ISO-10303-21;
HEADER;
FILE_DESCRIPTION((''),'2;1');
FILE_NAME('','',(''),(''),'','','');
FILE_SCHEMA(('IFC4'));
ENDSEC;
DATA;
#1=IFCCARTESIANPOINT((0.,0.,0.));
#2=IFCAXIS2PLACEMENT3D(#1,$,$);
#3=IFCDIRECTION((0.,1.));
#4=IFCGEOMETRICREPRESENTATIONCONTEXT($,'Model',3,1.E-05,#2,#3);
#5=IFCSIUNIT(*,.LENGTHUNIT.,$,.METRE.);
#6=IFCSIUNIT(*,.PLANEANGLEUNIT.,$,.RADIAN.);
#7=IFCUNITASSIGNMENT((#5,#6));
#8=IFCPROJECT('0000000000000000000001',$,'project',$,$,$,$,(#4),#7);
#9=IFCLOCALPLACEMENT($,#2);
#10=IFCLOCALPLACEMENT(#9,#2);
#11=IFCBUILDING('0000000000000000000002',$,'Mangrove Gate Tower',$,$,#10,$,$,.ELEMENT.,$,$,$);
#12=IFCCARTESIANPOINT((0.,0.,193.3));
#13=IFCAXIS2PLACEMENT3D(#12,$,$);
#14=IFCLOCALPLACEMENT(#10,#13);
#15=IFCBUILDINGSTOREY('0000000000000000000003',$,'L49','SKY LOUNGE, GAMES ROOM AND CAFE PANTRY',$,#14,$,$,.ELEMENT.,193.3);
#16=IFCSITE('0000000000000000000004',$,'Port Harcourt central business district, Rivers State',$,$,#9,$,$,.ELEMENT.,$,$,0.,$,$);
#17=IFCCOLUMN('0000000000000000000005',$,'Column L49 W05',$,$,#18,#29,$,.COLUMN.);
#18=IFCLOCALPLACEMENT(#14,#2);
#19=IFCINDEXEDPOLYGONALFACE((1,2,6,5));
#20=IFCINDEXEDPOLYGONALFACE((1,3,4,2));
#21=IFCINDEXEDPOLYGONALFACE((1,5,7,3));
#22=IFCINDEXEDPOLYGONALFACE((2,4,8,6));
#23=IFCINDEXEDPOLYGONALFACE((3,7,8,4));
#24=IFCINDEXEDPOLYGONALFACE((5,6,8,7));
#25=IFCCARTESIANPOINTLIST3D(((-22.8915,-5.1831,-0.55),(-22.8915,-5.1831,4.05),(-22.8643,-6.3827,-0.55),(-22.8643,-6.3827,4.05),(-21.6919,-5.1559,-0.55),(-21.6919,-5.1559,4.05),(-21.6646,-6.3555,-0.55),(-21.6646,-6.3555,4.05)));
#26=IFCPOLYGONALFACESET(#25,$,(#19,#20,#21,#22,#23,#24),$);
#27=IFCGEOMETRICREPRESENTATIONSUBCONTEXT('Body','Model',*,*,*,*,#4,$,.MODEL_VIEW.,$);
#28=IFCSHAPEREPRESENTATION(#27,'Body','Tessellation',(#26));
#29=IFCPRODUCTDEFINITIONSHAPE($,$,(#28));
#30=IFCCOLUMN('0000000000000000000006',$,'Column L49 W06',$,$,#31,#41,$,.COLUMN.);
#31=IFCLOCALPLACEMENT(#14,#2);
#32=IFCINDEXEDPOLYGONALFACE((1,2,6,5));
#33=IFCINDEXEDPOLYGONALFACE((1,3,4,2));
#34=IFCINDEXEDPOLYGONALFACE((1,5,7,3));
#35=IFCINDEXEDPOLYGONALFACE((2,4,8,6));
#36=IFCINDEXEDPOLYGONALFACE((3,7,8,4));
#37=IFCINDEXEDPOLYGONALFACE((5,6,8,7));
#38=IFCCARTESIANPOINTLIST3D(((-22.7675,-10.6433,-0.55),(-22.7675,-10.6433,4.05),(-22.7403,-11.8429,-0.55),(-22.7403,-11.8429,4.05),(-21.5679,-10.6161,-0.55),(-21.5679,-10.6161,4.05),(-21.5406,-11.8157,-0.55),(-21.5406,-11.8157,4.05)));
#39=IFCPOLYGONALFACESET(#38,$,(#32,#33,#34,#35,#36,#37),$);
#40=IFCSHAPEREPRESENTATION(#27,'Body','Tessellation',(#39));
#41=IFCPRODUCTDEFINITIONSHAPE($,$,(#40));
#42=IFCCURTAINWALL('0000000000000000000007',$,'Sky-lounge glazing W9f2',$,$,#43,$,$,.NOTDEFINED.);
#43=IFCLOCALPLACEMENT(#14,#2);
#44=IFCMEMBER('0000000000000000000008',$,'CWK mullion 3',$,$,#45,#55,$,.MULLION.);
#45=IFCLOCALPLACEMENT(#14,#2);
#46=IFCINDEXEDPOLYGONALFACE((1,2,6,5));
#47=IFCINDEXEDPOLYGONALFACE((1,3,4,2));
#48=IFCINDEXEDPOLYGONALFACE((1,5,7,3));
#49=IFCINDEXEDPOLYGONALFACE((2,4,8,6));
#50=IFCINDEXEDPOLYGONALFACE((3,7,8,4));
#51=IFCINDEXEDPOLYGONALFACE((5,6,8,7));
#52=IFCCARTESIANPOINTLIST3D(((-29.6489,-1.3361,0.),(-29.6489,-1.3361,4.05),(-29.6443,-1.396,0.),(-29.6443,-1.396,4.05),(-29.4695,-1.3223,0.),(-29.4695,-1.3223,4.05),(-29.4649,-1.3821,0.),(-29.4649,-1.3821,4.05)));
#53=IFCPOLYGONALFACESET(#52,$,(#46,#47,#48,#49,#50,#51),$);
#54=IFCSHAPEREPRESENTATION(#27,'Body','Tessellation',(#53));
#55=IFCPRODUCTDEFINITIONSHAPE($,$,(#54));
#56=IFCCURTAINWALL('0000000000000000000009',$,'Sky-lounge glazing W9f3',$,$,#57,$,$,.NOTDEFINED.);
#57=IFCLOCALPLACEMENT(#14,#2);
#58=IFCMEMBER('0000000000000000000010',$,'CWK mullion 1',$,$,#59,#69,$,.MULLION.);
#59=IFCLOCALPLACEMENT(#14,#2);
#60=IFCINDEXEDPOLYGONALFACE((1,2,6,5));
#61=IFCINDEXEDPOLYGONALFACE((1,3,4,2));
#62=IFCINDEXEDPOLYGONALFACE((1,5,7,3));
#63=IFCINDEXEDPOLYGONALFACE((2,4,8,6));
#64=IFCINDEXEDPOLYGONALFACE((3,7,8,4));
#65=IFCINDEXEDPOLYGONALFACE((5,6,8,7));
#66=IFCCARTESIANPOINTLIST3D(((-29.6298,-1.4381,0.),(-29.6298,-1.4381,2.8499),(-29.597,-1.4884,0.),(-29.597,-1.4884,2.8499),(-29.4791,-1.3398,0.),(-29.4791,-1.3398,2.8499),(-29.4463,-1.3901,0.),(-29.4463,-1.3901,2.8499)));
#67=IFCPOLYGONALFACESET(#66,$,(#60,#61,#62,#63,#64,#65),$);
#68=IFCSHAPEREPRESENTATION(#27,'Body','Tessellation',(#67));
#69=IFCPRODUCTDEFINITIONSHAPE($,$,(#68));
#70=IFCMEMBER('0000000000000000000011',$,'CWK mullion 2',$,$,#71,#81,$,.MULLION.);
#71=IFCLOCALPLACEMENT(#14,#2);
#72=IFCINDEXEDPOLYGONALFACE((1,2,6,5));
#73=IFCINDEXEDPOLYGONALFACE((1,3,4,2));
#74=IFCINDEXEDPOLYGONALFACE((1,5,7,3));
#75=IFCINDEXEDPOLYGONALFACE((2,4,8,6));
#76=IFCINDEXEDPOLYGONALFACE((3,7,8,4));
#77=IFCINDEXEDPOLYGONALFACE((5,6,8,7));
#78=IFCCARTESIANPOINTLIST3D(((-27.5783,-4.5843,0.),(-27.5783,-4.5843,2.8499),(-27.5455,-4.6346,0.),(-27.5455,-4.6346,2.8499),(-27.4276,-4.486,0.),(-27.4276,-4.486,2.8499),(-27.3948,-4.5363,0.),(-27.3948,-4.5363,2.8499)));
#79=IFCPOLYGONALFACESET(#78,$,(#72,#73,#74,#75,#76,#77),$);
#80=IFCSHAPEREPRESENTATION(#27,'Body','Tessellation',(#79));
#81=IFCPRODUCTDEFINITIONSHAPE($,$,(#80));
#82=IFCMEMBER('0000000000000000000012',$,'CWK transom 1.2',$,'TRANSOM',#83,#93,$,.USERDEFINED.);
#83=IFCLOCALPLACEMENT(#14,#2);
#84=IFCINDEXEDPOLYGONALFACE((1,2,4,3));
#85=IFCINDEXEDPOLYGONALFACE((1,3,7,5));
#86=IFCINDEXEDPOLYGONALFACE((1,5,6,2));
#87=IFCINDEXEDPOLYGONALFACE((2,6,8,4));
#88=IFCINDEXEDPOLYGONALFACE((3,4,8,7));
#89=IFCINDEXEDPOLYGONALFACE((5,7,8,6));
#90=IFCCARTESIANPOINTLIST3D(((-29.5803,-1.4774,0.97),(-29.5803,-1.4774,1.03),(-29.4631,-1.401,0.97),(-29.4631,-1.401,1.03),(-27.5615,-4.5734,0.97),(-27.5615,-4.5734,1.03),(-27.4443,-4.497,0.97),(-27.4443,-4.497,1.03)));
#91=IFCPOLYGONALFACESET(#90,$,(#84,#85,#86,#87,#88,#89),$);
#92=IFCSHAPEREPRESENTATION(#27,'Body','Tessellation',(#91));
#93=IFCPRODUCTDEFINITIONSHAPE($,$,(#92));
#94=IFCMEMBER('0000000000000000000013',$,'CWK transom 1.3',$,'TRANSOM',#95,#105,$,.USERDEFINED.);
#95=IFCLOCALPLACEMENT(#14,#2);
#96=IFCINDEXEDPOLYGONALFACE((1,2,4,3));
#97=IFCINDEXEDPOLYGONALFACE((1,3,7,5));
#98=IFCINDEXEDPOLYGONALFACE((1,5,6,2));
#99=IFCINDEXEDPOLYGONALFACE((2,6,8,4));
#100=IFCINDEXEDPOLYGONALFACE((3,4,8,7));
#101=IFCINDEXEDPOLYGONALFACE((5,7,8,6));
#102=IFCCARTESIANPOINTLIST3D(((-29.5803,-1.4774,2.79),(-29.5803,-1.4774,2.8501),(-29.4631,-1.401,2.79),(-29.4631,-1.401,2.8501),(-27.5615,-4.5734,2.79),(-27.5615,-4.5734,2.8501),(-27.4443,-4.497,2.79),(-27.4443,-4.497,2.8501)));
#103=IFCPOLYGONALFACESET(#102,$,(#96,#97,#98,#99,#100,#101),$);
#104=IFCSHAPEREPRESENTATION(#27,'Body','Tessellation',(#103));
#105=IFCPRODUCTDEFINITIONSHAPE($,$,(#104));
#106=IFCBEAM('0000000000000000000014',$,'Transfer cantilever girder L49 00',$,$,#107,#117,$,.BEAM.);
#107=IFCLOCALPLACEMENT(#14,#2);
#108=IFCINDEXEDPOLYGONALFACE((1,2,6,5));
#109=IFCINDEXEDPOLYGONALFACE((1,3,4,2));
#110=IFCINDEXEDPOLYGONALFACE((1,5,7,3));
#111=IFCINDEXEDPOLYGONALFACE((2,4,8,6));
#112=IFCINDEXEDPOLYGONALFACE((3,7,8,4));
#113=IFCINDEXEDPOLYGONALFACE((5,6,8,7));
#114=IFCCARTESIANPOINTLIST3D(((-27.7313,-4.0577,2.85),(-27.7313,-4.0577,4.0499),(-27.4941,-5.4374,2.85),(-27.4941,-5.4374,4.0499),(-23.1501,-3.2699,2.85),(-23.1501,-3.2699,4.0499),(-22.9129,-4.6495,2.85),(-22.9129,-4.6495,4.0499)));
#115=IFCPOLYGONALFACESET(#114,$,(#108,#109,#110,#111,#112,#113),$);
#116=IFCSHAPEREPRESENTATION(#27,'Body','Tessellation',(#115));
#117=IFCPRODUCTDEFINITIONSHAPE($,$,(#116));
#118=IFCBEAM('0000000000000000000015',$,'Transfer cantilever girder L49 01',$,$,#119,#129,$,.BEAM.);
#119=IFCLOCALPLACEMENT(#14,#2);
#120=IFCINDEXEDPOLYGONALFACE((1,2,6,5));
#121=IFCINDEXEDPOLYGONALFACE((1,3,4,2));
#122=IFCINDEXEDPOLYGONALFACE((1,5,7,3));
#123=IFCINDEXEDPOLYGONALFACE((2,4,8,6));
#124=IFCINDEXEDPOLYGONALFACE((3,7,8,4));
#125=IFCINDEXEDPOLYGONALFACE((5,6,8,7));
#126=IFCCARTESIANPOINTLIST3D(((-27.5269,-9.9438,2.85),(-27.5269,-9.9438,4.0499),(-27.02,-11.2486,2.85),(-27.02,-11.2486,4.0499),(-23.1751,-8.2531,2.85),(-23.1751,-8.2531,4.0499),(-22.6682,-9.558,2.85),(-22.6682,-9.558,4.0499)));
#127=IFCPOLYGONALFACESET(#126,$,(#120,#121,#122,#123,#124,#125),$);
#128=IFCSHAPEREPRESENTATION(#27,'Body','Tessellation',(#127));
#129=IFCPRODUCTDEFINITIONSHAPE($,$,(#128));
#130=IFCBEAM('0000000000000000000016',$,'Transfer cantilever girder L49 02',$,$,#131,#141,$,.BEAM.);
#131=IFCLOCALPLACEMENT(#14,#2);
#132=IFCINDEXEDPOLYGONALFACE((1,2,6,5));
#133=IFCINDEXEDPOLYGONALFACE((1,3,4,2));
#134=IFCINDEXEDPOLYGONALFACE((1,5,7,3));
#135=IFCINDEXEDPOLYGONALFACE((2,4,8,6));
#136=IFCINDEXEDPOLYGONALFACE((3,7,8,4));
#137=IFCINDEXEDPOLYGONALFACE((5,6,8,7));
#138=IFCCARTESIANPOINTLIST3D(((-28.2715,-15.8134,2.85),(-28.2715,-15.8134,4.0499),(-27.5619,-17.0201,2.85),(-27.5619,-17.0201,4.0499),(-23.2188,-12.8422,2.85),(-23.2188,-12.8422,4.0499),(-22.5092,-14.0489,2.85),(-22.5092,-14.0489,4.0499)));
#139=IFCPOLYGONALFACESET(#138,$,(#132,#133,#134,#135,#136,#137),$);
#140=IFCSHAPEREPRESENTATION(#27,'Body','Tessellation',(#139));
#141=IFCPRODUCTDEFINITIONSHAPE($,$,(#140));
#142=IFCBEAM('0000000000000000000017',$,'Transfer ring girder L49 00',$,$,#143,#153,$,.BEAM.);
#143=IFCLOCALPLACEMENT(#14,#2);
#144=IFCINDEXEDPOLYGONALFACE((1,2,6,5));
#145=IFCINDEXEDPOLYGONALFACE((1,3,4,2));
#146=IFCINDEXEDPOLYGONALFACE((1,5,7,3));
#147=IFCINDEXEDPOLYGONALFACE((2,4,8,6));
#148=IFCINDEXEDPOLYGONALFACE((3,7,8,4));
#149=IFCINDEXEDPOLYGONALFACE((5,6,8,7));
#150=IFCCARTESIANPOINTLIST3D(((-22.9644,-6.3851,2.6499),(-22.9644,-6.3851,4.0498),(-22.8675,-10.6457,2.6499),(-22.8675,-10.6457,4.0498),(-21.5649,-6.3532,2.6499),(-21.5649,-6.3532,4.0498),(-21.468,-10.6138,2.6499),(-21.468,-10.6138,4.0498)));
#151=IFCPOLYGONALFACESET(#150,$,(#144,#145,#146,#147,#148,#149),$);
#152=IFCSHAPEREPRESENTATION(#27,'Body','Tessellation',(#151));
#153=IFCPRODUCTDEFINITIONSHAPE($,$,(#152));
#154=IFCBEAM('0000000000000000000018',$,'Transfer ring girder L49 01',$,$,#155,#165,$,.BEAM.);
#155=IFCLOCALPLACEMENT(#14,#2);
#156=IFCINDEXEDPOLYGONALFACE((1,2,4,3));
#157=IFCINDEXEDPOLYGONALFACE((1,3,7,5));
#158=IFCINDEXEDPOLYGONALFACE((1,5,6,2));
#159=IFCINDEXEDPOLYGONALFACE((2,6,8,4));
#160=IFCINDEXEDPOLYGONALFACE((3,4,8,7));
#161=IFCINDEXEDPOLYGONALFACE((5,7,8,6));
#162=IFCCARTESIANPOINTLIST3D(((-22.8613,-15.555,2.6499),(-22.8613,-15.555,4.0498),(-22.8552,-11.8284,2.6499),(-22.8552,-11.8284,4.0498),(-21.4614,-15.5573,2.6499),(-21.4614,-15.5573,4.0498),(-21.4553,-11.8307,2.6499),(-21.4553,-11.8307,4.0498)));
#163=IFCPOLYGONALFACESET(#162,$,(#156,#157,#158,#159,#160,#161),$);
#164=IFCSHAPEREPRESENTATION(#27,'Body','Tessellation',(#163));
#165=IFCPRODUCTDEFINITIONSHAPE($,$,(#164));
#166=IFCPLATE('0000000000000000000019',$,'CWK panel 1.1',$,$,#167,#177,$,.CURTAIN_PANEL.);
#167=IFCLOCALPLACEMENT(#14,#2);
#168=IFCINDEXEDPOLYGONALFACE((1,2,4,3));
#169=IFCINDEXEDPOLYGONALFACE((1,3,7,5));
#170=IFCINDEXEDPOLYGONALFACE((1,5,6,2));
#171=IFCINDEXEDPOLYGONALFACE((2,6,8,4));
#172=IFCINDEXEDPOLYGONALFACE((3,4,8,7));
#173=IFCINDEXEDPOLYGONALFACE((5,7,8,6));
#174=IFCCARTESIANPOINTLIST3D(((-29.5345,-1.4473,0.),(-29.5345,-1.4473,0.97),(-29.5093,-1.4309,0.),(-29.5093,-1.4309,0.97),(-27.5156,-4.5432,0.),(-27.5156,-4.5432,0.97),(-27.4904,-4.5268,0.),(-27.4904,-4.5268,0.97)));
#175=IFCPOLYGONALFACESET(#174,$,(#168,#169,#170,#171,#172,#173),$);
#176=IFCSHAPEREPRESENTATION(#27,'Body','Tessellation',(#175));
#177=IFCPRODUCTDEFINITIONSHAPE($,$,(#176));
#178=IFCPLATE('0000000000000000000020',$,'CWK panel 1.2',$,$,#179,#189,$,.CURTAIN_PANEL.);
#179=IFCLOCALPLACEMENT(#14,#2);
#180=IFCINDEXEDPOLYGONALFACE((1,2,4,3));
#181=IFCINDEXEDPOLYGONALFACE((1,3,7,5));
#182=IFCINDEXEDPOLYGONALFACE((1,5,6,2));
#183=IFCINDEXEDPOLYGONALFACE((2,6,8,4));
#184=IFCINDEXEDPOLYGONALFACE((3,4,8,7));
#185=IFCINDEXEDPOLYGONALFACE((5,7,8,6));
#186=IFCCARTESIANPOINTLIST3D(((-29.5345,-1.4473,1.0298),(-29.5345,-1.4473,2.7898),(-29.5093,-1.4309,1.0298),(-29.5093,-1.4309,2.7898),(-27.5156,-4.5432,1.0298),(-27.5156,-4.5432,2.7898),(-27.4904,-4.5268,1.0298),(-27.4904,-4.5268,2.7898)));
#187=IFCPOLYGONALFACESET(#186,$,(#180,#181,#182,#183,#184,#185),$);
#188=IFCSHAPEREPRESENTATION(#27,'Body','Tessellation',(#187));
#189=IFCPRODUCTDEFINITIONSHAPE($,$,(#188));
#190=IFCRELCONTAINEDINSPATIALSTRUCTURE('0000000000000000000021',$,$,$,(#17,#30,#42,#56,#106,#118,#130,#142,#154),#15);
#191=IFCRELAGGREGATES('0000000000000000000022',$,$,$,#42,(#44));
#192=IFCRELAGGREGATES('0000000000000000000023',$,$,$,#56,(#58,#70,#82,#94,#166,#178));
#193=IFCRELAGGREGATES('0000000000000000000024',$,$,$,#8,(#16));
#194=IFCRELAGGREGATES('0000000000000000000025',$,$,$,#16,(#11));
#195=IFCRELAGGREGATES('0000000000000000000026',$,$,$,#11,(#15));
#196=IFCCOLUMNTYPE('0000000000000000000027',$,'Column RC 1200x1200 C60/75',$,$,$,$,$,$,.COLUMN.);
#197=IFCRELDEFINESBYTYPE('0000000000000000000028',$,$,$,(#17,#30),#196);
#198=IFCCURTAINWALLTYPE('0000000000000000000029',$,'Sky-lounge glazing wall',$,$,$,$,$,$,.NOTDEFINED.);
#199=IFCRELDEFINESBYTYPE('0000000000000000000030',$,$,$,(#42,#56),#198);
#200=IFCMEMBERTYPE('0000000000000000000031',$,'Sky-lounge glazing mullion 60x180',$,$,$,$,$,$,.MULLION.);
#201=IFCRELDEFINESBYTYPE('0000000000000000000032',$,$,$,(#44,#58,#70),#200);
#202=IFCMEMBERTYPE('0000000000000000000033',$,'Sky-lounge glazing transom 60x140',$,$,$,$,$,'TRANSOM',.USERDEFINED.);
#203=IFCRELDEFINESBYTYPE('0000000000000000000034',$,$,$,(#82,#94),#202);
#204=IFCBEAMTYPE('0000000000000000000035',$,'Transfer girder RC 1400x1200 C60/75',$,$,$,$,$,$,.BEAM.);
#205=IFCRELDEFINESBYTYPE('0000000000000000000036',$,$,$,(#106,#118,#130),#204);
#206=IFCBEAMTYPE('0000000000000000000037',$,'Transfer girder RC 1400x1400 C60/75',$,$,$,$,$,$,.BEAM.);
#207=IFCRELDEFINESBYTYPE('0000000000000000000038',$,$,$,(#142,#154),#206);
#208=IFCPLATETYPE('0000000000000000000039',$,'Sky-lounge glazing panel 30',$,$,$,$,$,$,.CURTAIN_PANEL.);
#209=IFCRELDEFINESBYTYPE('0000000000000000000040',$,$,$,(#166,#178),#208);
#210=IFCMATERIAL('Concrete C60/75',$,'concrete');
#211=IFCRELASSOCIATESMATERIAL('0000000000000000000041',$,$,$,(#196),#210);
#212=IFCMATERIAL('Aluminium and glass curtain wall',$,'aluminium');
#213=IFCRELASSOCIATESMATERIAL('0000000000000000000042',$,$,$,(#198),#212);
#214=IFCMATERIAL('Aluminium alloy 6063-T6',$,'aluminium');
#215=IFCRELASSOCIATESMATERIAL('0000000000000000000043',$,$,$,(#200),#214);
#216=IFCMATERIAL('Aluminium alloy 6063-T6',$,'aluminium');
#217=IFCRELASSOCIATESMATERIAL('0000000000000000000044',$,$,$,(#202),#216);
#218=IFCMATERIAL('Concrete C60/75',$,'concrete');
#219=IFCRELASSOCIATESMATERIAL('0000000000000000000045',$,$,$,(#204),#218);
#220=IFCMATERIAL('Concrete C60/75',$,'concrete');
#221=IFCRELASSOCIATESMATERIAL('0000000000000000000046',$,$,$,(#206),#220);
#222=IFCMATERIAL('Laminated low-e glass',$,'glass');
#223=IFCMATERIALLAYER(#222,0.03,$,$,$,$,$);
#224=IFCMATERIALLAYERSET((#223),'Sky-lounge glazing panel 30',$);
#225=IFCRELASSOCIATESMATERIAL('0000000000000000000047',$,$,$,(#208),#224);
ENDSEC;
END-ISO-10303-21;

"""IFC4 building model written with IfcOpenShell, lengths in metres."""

from ifc_helpers import new_model, si_unit, direction, frame, origin, origin_2d, place, context, subcontext, project, spatial, rectangle, extrude, material, layer, layer_set, material_profile, profile_set, type_object, element, aggregate, save


model = new_model("IFC4")

# Units and contexts
model_context = context("Model", 3, precision=1e-05, world=origin(), true_north=direction((0.0, 1.0)))
body_context = subcontext(model_context, "Body", "Model", "MODEL_VIEW")
ifc_project = project(units=[si_unit("LENGTHUNIT", "METRE"), si_unit("PLANEANGLEUNIT", "RADIAN")], contexts=[model_context])

# Site, building, storey
site_placement = place(None, origin())
site = spatial("IfcSite", under=ifc_project, at=site_placement, Name="Port Harcourt central business district, Rivers State", CompositionType="ELEMENT", RefElevation=0.0)
building_placement = place(site_placement, origin())
building = spatial("IfcBuilding", under=site, at=building_placement, Name="Mangrove Gate Tower", CompositionType="ELEMENT")
storey_placement = place(building_placement, frame((0.0, 0.0, 193.3)))
storey = spatial("IfcBuildingStorey", under=building, at=storey_placement, Name="L49", Description="SKY LOUNGE, GAMES ROOM AND CAFE PANTRY", CompositionType="ELEMENT", Elevation=193.3)

# Columns
ifc_material_1 = material(Name="Concrete C60/75", Category="concrete")
ifc_material_profile_1 = material_profile(ifc_material_1, rectangle(XDim=1.2, YDim=1.2, at=origin_2d()))
ifc_profile_set_1 = profile_set([ifc_material_profile_1], Name="Concrete C60/75")
column_type = type_object("IfcColumnType", Name="Column RC 1200x1200 C60/75", PredefinedType="COLUMN", material=ifc_profile_set_1)
for number, where, z_axis, x_axis, name in (
    (1, (-22.2781, -5.7693, -0.55), (0.0, 0.0, 1.0), (0.022693, -0.999742, 0.0), "Column L49 W05"),
    (2, (-22.1541, -11.2295, -0.55), (0.0, 0.0, 1.0), (0.022703, -0.999742, 0.0), "Column L49 W06"),
):
    element("IfcColumn", number, at=place(storey_placement, frame(where, z_axis=z_axis, x_axis=x_axis)), inside=storey, type_object=column_type, Name=name, PredefinedType="COLUMN", context=body_context, shape_type="SweptSolid", body=[
        extrude(rectangle(XDim=1.2, YDim=1.2, at=origin_2d()), origin(), (0.0, 0.0, 1.0), 4.6001),
    ])

# Curtain wall, member
ifc_material_2 = material(Name="Aluminium and glass curtain wall", Category="aluminium")
curtain_wall_type = type_object("IfcCurtainWallType", Name="Sky-lounge glazing wall", PredefinedType="NOTDEFINED", material=ifc_material_2)
curtain_wall_1_placement = place(storey_placement, origin())
curtain_wall_1 = element("IfcCurtainWall", 3, at=curtain_wall_1_placement, inside=storey, type_object=curtain_wall_type, Name="Sky-lounge glazing W9f2", PredefinedType="NOTDEFINED")
ifc_material_3 = material(Name="Aluminium alloy 6063-T6", Category="aluminium")
ifc_material_profile_2 = material_profile(ifc_material_3, rectangle(XDim=0.0601, YDim=0.1799, at=origin_2d()))
ifc_profile_set_2 = profile_set([ifc_material_profile_2], Name="Aluminium alloy 6063-T6")
member_type_1 = type_object("IfcMemberType", Name="Sky-lounge glazing mullion 60x180", PredefinedType="MULLION", material=ifc_profile_set_2)
member_1_placement = place(storey_placement, frame((-29.5569, -1.3591, 0.0), z_axis=(0.0, 0.0, 1.0), x_axis=(0.077023, -0.997029, 0.0)))
member_1 = element("IfcMember", 4, at=member_1_placement, type_object=member_type_1, Name="CWK mullion 3", PredefinedType="MULLION", context=body_context, shape_type="SweptSolid", body=[
    extrude(rectangle(XDim=0.0601, YDim=0.1799, at=origin_2d()), origin(), (0.0, 0.0, 1.0), 4.05),
])
aggregate(curtain_wall_1, [member_1])

# Curtain wall, members
curtain_wall_2_placement = place(storey_placement, origin())
curtain_wall_2 = element("IfcCurtainWall", 5, at=curtain_wall_2_placement, inside=storey, type_object=curtain_wall_type, Name="Sky-lounge glazing W9f3", PredefinedType="NOTDEFINED")
member_2_placement = place(storey_placement, frame((-29.5381, -1.4141, 0.0), z_axis=(0.0, 0.0, 1.0), x_axis=(0.546235, -0.837632, 0.0)))
member_2 = element("IfcMember", 6, at=member_2_placement, type_object=member_type_1, Name="CWK mullion 1", PredefinedType="MULLION", context=body_context, shape_type="SweptSolid", body=[
    extrude(rectangle(XDim=0.0601, YDim=0.1799, at=origin_2d()), origin(), (0.0, 0.0, 1.0), 2.8499),
])
member_3_placement = place(storey_placement, frame((-27.4866, -4.5603, 0.0), z_axis=(0.0, 0.0, 1.0), x_axis=(0.546235, -0.837632, 0.0)))
member_3 = element("IfcMember", 7, at=member_3_placement, type_object=member_type_1, Name="CWK mullion 2", PredefinedType="MULLION", context=body_context, shape_type="SweptSolid", body=[
    extrude(rectangle(XDim=0.0601, YDim=0.1799, at=origin_2d()), origin(), (0.0, 0.0, 1.0), 2.8499),
])
ifc_material_4 = material(Name="Aluminium alloy 6063-T6", Category="aluminium")
ifc_material_profile_3 = material_profile(ifc_material_4, rectangle(XDim=0.0601, YDim=0.1399, at=origin_2d()))
ifc_profile_set_3 = profile_set([ifc_material_profile_3], Name="Aluminium alloy 6063-T6")
member_type_2 = type_object("IfcMemberType", Name="Sky-lounge glazing transom 60x140", ElementType="TRANSOM", PredefinedType="USERDEFINED", material=ifc_profile_set_3)
member_4_placement = place(storey_placement, frame((-29.5217, -1.4392, 1.0), z_axis=(0.546211, -0.837647, 0.0), x_axis=(0.0, 0.0, 1.0)))
member_4 = element("IfcMember", 8, at=member_4_placement, type_object=member_type_2, Name="CWK transom 1.2", ObjectType="TRANSOM", PredefinedType="USERDEFINED", context=body_context, shape_type="SweptSolid", body=[
    extrude(rectangle(XDim=0.0601, YDim=0.1399, at=origin_2d()), origin(), (0.0, 0.0, 1.0), 3.696),
])
member_5_placement = place(storey_placement, frame((-29.5217, -1.4392, 2.8201), z_axis=(0.546211, -0.837647, 0.0), x_axis=(0.0, 0.0, 1.0)))
member_5 = element("IfcMember", 9, at=member_5_placement, type_object=member_type_2, Name="CWK transom 1.3", ObjectType="TRANSOM", PredefinedType="USERDEFINED", context=body_context, shape_type="SweptSolid", body=[
    extrude(rectangle(XDim=0.0601, YDim=0.1399, at=origin_2d()), origin(), (0.0, 0.0, 1.0), 3.696),
])

# Beams
ifc_material_5 = material(Name="Concrete C60/75", Category="concrete")
ifc_material_profile_4 = material_profile(ifc_material_5, rectangle(XDim=1.3999, YDim=1.2, at=origin_2d()))
ifc_profile_set_4 = profile_set([ifc_material_profile_4], Name="Concrete C60/75")
beam_type_1 = type_object("IfcBeamType", Name="Transfer girder RC 1400x1200 C60/75", PredefinedType="BEAM", material=ifc_profile_set_4)
beam_1_placement = place(storey_placement, frame((-23.0315, -3.9597, 3.45), z_axis=(-0.985533, -0.169481, 0.0), x_axis=(0.169481, -0.985533, 0.0)))
element("IfcBeam", 10, at=beam_1_placement, inside=storey, type_object=beam_type_1, Name="Transfer cantilever girder L49 00", PredefinedType="BEAM", context=body_context, shape_type="SweptSolid", body=[
    extrude(rectangle(XDim=1.3999, YDim=1.2, at=origin_2d()), origin(), (0.0, 0.0, 1.0), 4.6484),
])
beam_2_placement = place(storey_placement, frame((-22.9216, -8.9055, 3.45), z_axis=(-0.932127, -0.362131, 0.0), x_axis=(0.362131, -0.932127, 0.0)))
element("IfcBeam", 11, at=beam_2_placement, inside=storey, type_object=beam_type_1, Name="Transfer cantilever girder L49 01", PredefinedType="BEAM", context=body_context, shape_type="SweptSolid", body=[
    extrude(rectangle(XDim=1.3999, YDim=1.2, at=origin_2d()), origin(), (0.0, 0.0, 1.0), 4.6687),
])
beam_3_placement = place(storey_placement, frame((-22.864, -13.4456, 3.45), z_axis=(-0.862009, -0.506893, 0.0), x_axis=(0.506893, -0.862009, 0.0)))
element("IfcBeam", 12, at=beam_3_placement, inside=storey, type_object=beam_type_1, Name="Transfer cantilever girder L49 02", PredefinedType="BEAM", context=body_context, shape_type="SweptSolid", body=[
    extrude(rectangle(XDim=1.3999, YDim=1.2, at=origin_2d()), origin(), (0.0, 0.0, 1.0), 5.8616),
])
ifc_material_6 = material(Name="Concrete C60/75", Category="concrete")
ifc_material_profile_5 = material_profile(ifc_material_6, rectangle(XDim=1.3999, YDim=1.3999, at=origin_2d()))
ifc_profile_set_5 = profile_set([ifc_material_profile_5], Name="Concrete C60/75")
beam_type_2 = type_object("IfcBeamType", Name="Transfer girder RC 1400x1400 C60/75", PredefinedType="BEAM", material=ifc_profile_set_5)
beam_4_placement = place(storey_placement, frame((-22.2646, -6.3691, 3.3499), z_axis=(0.022744, -0.999741, 0.0), x_axis=(0.999741, 0.022744, 0.0)))
element("IfcBeam", 13, at=beam_4_placement, inside=storey, type_object=beam_type_2, Name="Transfer ring girder L49 00", PredefinedType="BEAM", context=body_context, shape_type="SweptSolid", body=[
    extrude(rectangle(XDim=1.3999, YDim=1.3999, at=origin_2d()), origin(), (0.0, 0.0, 1.0), 4.2617),
])
beam_5_placement = place(storey_placement, frame((-22.1553, -11.8296, 3.3499), z_axis=(-0.001638, -0.999999, 0.0), x_axis=(0.999999, -0.001638, 0.0)))
element("IfcBeam", 14, at=beam_5_placement, inside=storey, type_object=beam_type_2, Name="Transfer ring girder L49 01", PredefinedType="BEAM", context=body_context, shape_type="SweptSolid", body=[
    extrude(rectangle(XDim=1.3999, YDim=1.3999, at=origin_2d()), origin(), (0.0, 0.0, 1.0), 3.7266),
])

# Plates
ifc_material_7 = material(Name="Laminated low-e glass", Category="glass")
ifc_layer_1 = layer(ifc_material_7, 0.03)
ifc_layer_set_1 = layer_set([ifc_layer_1], Name="Sky-lounge glazing panel 30")
plate_type = type_object("IfcPlateType", Name="Sky-lounge glazing panel 30", PredefinedType="CURTAIN_PANEL", material=ifc_layer_set_1)
plate_1_placement = place(storey_placement, frame((-28.5125, -2.9871, 0.0), z_axis=(0.0, 0.0, 1.0), x_axis=(0.546235, -0.837632, 0.0)))
plate_1 = element("IfcPlate", 15, at=plate_1_placement, type_object=plate_type, Name="CWK panel 1.1", PredefinedType="CURTAIN_PANEL", context=body_context, shape_type="SweptSolid", body=[
    extrude(rectangle(XDim=3.696, YDim=0.03, at=origin_2d()), origin(), (0.0, 0.0, 1.0), 0.97),
])
plate_2_placement = place(storey_placement, frame((-28.5125, -2.9871, 1.0298), z_axis=(0.0, 0.0, 1.0), x_axis=(0.546235, -0.837632, 0.0)))
plate_2 = element("IfcPlate", 16, at=plate_2_placement, type_object=plate_type, Name="CWK panel 1.2", PredefinedType="CURTAIN_PANEL", context=body_context, shape_type="SweptSolid", body=[
    extrude(rectangle(XDim=3.696, YDim=0.03, at=origin_2d()), origin(), (0.0, 0.0, 1.0), 1.76),
])
aggregate(curtain_wall_2, [member_2, member_3, member_4, member_5, plate_1, plate_2])

save(model, "model.ifc")
